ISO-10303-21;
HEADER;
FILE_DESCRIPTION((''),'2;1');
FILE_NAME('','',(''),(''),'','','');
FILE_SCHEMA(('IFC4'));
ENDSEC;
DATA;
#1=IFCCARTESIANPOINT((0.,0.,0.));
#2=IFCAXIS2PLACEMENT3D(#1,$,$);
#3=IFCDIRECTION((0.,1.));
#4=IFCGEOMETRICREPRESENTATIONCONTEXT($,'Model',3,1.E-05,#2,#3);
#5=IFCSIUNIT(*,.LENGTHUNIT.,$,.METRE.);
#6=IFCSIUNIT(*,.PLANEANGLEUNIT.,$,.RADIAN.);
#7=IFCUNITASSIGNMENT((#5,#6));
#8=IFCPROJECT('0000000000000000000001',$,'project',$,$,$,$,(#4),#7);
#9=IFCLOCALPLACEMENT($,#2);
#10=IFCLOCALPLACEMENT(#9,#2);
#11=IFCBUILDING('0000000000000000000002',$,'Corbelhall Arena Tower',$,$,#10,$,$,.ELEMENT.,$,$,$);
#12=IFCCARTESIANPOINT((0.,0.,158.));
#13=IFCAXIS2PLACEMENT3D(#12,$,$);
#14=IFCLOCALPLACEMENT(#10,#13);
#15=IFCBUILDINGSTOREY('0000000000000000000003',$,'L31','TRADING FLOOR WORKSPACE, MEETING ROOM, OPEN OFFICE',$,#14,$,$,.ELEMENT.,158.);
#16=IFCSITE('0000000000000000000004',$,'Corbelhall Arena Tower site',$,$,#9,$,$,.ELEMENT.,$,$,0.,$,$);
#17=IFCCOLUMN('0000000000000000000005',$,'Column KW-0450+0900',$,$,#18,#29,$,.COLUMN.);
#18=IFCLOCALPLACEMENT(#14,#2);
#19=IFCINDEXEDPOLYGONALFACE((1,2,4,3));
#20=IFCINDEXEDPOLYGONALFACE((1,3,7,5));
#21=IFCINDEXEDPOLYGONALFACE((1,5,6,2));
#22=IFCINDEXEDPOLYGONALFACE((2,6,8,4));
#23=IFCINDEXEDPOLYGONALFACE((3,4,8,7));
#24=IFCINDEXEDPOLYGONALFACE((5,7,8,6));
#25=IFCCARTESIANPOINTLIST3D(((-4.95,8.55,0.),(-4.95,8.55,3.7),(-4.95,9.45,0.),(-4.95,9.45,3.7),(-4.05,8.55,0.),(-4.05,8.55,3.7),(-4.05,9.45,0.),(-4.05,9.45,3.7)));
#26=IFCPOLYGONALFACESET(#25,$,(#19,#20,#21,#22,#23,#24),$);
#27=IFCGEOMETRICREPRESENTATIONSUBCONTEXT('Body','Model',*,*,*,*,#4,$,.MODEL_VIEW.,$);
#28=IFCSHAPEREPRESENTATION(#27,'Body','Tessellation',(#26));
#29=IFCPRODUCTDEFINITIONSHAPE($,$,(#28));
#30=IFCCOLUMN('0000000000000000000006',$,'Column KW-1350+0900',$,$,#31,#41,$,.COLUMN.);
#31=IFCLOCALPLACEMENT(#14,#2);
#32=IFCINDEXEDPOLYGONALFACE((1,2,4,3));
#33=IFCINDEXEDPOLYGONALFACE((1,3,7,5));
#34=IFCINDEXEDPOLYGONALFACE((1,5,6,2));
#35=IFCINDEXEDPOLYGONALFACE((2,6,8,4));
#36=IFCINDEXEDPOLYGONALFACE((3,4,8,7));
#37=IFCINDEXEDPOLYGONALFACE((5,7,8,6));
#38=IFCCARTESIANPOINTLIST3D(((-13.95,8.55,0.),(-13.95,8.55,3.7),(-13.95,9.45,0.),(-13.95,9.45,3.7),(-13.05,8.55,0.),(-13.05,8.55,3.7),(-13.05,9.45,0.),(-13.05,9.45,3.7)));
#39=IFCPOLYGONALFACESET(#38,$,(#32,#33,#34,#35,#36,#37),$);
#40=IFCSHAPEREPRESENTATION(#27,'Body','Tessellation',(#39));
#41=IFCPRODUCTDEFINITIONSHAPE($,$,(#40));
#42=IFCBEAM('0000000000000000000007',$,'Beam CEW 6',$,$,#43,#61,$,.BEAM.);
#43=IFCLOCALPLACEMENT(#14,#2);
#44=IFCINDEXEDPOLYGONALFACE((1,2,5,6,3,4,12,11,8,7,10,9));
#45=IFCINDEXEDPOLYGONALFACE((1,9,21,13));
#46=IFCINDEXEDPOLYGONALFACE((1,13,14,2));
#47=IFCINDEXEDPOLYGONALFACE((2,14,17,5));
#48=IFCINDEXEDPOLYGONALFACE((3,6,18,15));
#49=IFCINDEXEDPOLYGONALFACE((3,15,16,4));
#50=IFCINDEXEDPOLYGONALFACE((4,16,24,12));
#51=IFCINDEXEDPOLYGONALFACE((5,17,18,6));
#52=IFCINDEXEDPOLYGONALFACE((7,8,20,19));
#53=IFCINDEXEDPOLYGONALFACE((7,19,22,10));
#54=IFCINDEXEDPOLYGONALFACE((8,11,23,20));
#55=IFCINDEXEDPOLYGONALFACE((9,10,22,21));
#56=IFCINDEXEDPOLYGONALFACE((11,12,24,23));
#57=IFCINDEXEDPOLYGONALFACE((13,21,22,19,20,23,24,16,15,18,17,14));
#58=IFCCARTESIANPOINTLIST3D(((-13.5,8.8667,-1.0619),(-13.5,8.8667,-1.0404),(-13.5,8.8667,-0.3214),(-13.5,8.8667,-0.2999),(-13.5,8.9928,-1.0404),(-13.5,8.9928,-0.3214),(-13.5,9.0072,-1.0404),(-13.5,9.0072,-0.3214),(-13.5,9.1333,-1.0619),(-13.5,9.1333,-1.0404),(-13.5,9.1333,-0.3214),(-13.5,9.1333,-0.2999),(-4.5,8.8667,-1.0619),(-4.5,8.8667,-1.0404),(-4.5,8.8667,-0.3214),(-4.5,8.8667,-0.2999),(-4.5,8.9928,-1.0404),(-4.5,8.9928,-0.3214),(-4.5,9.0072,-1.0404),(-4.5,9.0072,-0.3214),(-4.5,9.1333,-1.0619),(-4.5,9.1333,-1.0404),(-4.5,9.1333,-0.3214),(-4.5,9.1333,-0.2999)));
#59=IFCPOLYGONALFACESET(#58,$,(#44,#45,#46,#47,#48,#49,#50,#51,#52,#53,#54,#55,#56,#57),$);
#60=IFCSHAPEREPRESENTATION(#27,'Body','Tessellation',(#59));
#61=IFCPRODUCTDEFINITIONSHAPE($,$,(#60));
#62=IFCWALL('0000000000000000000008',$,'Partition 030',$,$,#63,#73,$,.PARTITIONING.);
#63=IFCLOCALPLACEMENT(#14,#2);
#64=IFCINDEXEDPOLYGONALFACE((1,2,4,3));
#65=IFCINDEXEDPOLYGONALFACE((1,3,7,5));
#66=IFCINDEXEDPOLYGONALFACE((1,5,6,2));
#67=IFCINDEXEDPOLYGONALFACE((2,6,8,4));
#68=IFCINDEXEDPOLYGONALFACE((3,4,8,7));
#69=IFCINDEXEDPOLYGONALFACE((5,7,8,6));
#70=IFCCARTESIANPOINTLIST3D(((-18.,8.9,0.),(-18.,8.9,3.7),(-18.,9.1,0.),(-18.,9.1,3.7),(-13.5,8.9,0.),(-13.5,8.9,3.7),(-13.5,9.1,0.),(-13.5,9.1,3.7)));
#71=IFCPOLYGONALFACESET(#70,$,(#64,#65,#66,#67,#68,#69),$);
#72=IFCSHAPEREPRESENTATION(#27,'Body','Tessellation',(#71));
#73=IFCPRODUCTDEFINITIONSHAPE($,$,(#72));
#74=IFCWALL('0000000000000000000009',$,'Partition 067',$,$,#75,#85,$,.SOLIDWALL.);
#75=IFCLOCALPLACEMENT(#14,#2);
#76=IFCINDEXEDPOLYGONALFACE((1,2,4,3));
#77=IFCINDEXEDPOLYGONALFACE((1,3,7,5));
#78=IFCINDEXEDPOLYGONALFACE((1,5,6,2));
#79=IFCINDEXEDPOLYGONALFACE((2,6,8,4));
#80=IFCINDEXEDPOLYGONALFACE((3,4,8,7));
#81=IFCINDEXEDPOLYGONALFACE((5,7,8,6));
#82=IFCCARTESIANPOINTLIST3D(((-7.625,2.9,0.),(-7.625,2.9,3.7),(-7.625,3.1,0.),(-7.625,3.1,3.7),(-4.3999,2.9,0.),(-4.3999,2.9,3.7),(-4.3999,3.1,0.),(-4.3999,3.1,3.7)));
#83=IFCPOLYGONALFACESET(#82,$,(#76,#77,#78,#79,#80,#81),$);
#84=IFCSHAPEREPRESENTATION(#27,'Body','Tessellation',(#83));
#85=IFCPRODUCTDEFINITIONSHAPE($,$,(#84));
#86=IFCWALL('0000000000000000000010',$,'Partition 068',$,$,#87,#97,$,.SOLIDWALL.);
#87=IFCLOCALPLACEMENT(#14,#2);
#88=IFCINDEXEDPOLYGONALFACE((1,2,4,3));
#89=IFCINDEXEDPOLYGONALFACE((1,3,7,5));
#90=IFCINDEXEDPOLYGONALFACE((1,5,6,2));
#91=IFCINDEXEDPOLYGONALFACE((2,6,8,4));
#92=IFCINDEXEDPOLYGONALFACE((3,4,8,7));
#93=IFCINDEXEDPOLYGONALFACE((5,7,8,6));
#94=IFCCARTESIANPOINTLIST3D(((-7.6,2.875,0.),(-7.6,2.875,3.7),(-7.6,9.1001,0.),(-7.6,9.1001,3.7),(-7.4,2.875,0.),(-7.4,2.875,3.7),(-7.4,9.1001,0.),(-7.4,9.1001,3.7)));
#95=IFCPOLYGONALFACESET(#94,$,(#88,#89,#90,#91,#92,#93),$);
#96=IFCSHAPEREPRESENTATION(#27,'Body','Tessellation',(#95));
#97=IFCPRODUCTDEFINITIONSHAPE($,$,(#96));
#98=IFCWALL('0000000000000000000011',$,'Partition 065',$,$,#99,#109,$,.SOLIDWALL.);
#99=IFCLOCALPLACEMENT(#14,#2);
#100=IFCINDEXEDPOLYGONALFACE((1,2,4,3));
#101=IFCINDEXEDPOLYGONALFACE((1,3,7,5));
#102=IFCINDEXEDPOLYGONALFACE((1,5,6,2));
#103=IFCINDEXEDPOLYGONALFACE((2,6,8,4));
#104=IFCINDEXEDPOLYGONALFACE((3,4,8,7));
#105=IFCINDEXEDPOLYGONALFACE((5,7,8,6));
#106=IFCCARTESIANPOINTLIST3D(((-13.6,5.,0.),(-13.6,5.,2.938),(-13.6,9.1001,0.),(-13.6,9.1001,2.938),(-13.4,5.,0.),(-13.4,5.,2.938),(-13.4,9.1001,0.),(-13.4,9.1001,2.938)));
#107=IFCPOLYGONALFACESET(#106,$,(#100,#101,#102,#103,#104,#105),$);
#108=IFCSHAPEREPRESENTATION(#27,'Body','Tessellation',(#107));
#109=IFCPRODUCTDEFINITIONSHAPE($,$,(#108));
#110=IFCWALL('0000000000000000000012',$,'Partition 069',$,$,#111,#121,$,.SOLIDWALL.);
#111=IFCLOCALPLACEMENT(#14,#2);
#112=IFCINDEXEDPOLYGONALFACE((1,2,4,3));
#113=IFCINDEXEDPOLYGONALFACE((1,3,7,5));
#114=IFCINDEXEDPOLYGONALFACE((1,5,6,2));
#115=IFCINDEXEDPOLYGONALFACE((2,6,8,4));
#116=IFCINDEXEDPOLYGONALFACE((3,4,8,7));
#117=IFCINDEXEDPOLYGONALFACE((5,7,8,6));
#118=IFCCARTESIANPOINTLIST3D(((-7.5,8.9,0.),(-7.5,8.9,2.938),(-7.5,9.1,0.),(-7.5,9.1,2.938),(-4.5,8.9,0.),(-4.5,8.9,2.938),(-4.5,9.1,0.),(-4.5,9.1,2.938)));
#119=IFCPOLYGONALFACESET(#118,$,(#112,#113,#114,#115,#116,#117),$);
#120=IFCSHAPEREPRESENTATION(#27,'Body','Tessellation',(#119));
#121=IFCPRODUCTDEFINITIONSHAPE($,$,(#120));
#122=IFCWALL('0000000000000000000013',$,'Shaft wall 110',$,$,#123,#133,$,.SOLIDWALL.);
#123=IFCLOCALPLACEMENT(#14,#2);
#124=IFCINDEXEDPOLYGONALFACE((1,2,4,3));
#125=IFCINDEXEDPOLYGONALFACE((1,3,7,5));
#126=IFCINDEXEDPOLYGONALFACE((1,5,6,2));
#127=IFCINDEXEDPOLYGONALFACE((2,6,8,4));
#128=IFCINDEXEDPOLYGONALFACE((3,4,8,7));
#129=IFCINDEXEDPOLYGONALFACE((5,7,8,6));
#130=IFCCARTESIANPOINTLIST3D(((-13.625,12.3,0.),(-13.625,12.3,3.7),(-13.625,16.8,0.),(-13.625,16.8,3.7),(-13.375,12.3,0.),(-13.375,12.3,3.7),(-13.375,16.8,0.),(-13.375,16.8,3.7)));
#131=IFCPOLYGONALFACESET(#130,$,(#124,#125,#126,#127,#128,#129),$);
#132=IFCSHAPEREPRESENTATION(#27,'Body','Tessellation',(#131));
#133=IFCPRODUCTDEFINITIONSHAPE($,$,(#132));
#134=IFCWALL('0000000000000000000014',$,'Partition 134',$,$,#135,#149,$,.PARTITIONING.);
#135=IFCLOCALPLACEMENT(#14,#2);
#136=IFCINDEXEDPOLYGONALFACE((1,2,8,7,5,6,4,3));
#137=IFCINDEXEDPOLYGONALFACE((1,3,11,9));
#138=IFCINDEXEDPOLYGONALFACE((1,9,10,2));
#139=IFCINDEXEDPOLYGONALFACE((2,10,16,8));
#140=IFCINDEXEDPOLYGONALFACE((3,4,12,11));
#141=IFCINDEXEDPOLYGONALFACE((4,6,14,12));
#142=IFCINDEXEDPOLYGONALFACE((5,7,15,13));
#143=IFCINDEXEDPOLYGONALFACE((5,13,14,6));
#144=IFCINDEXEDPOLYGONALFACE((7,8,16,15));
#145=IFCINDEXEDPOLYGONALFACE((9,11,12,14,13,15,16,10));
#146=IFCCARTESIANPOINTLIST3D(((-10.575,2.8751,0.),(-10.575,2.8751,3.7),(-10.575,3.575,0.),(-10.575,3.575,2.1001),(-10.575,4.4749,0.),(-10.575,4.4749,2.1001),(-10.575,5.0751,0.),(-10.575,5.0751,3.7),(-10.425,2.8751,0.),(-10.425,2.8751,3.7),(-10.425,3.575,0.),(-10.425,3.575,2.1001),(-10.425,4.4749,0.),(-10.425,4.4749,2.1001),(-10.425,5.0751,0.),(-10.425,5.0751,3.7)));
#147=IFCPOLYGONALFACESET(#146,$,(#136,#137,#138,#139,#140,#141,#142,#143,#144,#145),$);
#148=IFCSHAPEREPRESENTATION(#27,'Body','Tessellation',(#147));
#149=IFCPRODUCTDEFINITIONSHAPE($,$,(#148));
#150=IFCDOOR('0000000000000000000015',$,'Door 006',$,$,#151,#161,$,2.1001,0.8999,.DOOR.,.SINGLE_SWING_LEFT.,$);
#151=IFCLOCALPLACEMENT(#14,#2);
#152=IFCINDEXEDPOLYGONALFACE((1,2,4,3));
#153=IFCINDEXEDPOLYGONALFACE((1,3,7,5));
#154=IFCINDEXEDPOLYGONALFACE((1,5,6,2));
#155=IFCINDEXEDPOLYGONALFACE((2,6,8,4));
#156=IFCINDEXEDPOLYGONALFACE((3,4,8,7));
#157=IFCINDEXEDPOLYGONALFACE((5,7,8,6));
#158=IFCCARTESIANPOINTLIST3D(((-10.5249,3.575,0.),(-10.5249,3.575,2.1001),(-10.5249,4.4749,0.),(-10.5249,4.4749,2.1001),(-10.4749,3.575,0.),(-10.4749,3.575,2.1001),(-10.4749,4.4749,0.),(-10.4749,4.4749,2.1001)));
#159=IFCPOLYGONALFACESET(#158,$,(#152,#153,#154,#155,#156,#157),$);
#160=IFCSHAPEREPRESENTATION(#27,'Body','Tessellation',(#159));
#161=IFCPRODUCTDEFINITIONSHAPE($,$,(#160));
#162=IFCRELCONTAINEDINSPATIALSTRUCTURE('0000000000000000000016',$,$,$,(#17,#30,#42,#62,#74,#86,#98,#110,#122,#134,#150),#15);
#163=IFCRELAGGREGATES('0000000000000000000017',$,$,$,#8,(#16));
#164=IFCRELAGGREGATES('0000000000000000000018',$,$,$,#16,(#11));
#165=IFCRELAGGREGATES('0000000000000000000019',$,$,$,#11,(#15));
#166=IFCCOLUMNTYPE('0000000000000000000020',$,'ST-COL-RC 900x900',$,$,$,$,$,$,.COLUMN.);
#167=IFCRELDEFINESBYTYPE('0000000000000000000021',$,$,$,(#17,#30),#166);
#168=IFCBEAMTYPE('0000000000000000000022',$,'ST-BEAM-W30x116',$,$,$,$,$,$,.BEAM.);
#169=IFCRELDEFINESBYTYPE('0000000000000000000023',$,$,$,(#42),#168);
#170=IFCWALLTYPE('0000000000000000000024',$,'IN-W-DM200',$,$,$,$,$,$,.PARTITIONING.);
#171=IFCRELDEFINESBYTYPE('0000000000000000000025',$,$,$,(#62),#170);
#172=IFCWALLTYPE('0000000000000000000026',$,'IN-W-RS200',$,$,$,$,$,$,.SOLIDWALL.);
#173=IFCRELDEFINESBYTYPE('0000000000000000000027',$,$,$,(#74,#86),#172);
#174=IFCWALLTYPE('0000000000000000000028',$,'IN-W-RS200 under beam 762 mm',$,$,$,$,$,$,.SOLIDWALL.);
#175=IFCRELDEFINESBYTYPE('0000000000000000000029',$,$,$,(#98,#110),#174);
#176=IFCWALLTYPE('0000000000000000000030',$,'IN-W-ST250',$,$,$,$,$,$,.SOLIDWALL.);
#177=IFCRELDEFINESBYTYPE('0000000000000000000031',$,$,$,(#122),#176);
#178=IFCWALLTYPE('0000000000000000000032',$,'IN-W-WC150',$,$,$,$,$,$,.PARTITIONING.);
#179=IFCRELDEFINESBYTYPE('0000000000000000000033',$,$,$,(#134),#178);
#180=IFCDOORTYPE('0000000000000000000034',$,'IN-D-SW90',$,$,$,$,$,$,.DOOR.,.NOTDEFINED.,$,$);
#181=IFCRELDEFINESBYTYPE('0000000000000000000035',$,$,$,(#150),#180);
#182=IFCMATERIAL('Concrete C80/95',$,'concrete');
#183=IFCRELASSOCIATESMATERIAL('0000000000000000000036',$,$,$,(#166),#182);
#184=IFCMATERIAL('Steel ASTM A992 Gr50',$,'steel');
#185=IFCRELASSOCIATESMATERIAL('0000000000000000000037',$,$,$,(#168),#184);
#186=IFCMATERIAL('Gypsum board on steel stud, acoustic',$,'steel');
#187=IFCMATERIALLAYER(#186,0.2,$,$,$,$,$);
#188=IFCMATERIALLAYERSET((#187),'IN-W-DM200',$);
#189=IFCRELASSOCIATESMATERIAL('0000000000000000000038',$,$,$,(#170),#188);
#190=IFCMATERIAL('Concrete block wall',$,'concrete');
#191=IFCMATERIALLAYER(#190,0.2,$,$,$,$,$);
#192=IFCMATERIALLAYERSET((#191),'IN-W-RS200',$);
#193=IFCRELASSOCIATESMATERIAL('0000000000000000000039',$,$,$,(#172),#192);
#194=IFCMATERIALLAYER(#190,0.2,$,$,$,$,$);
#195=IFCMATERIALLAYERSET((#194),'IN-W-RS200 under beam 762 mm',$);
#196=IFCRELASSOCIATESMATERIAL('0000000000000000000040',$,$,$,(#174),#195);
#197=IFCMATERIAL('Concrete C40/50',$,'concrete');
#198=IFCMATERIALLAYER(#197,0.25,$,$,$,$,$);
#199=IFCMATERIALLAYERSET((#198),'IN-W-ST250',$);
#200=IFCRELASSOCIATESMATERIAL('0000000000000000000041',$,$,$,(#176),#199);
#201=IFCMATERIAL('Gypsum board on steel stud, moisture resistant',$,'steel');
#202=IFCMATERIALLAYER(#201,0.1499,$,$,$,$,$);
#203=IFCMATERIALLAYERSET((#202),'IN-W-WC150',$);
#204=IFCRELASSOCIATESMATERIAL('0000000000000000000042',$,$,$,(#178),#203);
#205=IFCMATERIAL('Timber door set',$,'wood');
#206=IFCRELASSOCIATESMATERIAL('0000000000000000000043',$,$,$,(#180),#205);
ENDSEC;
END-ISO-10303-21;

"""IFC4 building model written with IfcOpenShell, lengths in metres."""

from ifc_helpers import new_model, si_unit, direction, frame, frame_2d, origin, origin_2d, place, context, subcontext, project, spatial, rectangle, i_section, extrude, material, layer, layer_set, material_profile, profile_set, type_object, element, fill, save


model = new_model("IFC4")

# Units and contexts
model_context = context("Model", 3, precision=1e-05, world=origin(), true_north=direction((0.0, 1.0)))
body_context = subcontext(model_context, "Body", "Model", "MODEL_VIEW")
ifc_project = project(units=[si_unit("LENGTHUNIT", "METRE"), si_unit("PLANEANGLEUNIT", "RADIAN")], contexts=[model_context])

# Site, building, storey
site_placement = place(None, origin())
site = spatial("IfcSite", under=ifc_project, at=site_placement, Name="Corbelhall Arena Tower site", CompositionType="ELEMENT", RefElevation=0.0)
building_placement = place(site_placement, origin())
building = spatial("IfcBuilding", under=site, at=building_placement, Name="Corbelhall Arena Tower", CompositionType="ELEMENT")
storey_placement = place(building_placement, frame((0.0, 0.0, 158.0)))
storey = spatial("IfcBuildingStorey", under=building, at=storey_placement, Name="L31", Description="TRADING FLOOR WORKSPACE, MEETING ROOM, OPEN OFFICE", CompositionType="ELEMENT", Elevation=158.0)

# Columns
ifc_material_1 = material(Name="Concrete C80/95", Category="concrete")
ifc_material_profile_1 = material_profile(ifc_material_1, rectangle(XDim=0.8999, YDim=0.8999, at=origin_2d()))
ifc_profile_set_1 = profile_set([ifc_material_profile_1], Name="Concrete C80/95")
column_type = type_object("IfcColumnType", Name="ST-COL-RC 900x900", PredefinedType="COLUMN", material=ifc_profile_set_1)
for number, where, z_axis, x_axis, name in (
    (1, (-4.5, 9.0, 0.0), (0.0, 0.0, 1.0), (1.0, 0.0, 0.0), "Column KW-0450+0900"),
    (2, (-13.5, 9.0, 0.0), (0.0, 0.0, 1.0), (1.0, 0.0, 0.0), "Column KW-1350+0900"),
):
    element("IfcColumn", number, at=place(storey_placement, frame(where, z_axis=z_axis, x_axis=x_axis)), inside=storey, type_object=column_type, Name=name, PredefinedType="COLUMN", context=body_context, shape_type="SweptSolid", body=[
        extrude(rectangle(XDim=0.8999, YDim=0.8999, at=origin_2d()), origin(), (0.0, 0.0, 1.0), 3.7),
    ])

# Beam
ifc_material_2 = material(Name="Steel ASTM A992 Gr50", Category="steel")
ifc_material_profile_2 = material_profile(ifc_material_2, i_section(OverallWidth=0.2666, OverallDepth=0.762, WebThickness=0.0144, FlangeThickness=0.0215, at=origin_2d()))
ifc_profile_set_2 = profile_set([ifc_material_profile_2], Name="Steel ASTM A992 Gr50")
beam_type = type_object("IfcBeamType", Name="ST-BEAM-W30x116", PredefinedType="BEAM", material=ifc_profile_set_2)
beam_placement = place(storey_placement, frame((-13.5, 9.0, -0.6809), z_axis=(1.0, 0.0, 0.0), x_axis=(0.0, 1.0, 0.0)))
element("IfcBeam", 3, at=beam_placement, inside=storey, type_object=beam_type, Name="Beam CEW 6", PredefinedType="BEAM", context=body_context, shape_type="SweptSolid", body=[
    extrude(i_section(OverallWidth=0.2666, OverallDepth=0.762, WebThickness=0.0144, FlangeThickness=0.0215, at=origin_2d()), origin(), (0.0, 0.0, 1.0), 9.0),
])

# Wall
ifc_material_3 = material(Name="Gypsum board on steel stud, acoustic", Category="steel")
ifc_layer_1 = layer(ifc_material_3, 0.2)
ifc_layer_set_1 = layer_set([ifc_layer_1], Name="IN-W-DM200")
wall_type_1 = type_object("IfcWallType", Name="IN-W-DM200", PredefinedType="PARTITIONING", material=ifc_layer_set_1)
wall_1_placement = place(storey_placement, frame((-13.5, 9.0, 0.0), z_axis=(0.0, 0.0, 1.0), x_axis=(-1.0, 0.0, 0.0)))
element("IfcWall", 4, at=wall_1_placement, inside=storey, type_object=wall_type_1, Name="Partition 030", PredefinedType="PARTITIONING", context=body_context, shape_type="SweptSolid", body=[
    extrude(rectangle(XDim=4.5, YDim=0.2, at=frame_2d((2.25, 0.0))), origin(), (0.0, 0.0, 1.0), 3.7),
])

# Shared definitions
ifc_material_4 = material(Name="Concrete block wall", Category="concrete")
ifc_layer_2 = layer(ifc_material_4, 0.2)
ifc_layer_set_2 = layer_set([ifc_layer_2], Name="IN-W-RS200")
wall_type_2 = type_object("IfcWallType", Name="IN-W-RS200", PredefinedType="SOLIDWALL", material=ifc_layer_set_2)

# Walls
wall_2_placement = place(storey_placement, frame((-7.625, 3.0, 0.0), z_axis=(0.0, 0.0, 1.0), x_axis=(1.0, 0.0, 0.0)))
element("IfcWall", 5, at=wall_2_placement, inside=storey, type_object=wall_type_2, Name="Partition 067", PredefinedType="SOLIDWALL", context=body_context, shape_type="SweptSolid", body=[
    extrude(rectangle(XDim=3.2251, YDim=0.2, at=frame_2d((1.6125, 0.0))), origin(), (0.0, 0.0, 1.0), 3.7),
])
wall_3_placement = place(storey_placement, frame((-7.5, 2.875, 0.0), z_axis=(0.0, 0.0, 1.0), x_axis=(0.0, 1.0, 0.0)))
element("IfcWall", 6, at=wall_3_placement, inside=storey, type_object=wall_type_2, Name="Partition 068", PredefinedType="SOLIDWALL", context=body_context, shape_type="SweptSolid", body=[
    extrude(rectangle(XDim=6.2251, YDim=0.2, at=frame_2d((3.1125, 0.0))), origin(), (0.0, 0.0, 1.0), 3.7),
])
ifc_layer_3 = layer(ifc_material_4, 0.2)
ifc_layer_set_3 = layer_set([ifc_layer_3], Name="IN-W-RS200 under beam 762 mm")
wall_type_3 = type_object("IfcWallType", Name="IN-W-RS200 under beam 762 mm", PredefinedType="SOLIDWALL", material=ifc_layer_set_3)
wall_4_placement = place(storey_placement, frame((-13.5, 5.0, 0.0), z_axis=(0.0, 0.0, 1.0), x_axis=(0.0, 1.0, 0.0)))
element("IfcWall", 7, at=wall_4_placement, inside=storey, type_object=wall_type_3, Name="Partition 065", PredefinedType="SOLIDWALL", context=body_context, shape_type="SweptSolid", body=[
    extrude(rectangle(XDim=4.1001, YDim=0.2, at=frame_2d((2.05, 0.0))), origin(), (0.0, 0.0, 1.0), 2.938),
])
wall_5_placement = place(storey_placement, frame((-7.5, 9.0, 0.0), z_axis=(0.0, 0.0, 1.0), x_axis=(1.0, 0.0, 0.0)))
element("IfcWall", 8, at=wall_5_placement, inside=storey, type_object=wall_type_3, Name="Partition 069", PredefinedType="SOLIDWALL", context=body_context, shape_type="SweptSolid", body=[
    extrude(rectangle(XDim=3.0, YDim=0.2, at=frame_2d((1.5, 0.0))), origin(), (0.0, 0.0, 1.0), 2.938),
])

# Wall
ifc_material_5 = material(Name="Concrete C40/50", Category="concrete")
ifc_layer_4 = layer(ifc_material_5, 0.25)
ifc_layer_set_4 = layer_set([ifc_layer_4], Name="IN-W-ST250")
wall_type_4 = type_object("IfcWallType", Name="IN-W-ST250", PredefinedType="SOLIDWALL", material=ifc_layer_set_4)
wall_6_placement = place(storey_placement, frame((-13.5, 12.3, 0.0), z_axis=(0.0, 0.0, 1.0), x_axis=(0.0, 1.0, 0.0)))
element("IfcWall", 9, at=wall_6_placement, inside=storey, type_object=wall_type_4, Name="Shaft wall 110", PredefinedType="SOLIDWALL", context=body_context, shape_type="SweptSolid", body=[
    extrude(rectangle(XDim=4.5, YDim=0.25, at=frame_2d((2.25, 0.0))), origin(), (0.0, 0.0, 1.0), 3.7),
])

# Wall, opening, door
ifc_material_6 = material(Name="Gypsum board on steel stud, moisture resistant", Category="steel")
ifc_layer_5 = layer(ifc_material_6, 0.1499)
ifc_layer_set_5 = layer_set([ifc_layer_5], Name="IN-W-WC150")
wall_type_5 = type_object("IfcWallType", Name="IN-W-WC150", PredefinedType="PARTITIONING", material=ifc_layer_set_5)
wall_7_placement = place(storey_placement, frame((-10.5, 2.875, 0.0), z_axis=(0.0, 0.0, 1.0), x_axis=(0.0, 1.0, 0.0)))
wall_7 = element("IfcWall", 10, at=wall_7_placement, inside=storey, type_object=wall_type_5, Name="Partition 134", PredefinedType="PARTITIONING", context=body_context, shape_type="SweptSolid", body=[
    extrude(rectangle(XDim=2.2, YDim=0.1499, at=frame_2d((1.1001, 0.0))), origin(), (0.0, 0.0, 1.0), 3.7),
])
opening_1_placement = place(wall_7_placement, frame((0.7, 0.0, 0.0)))
opening_1 = element("IfcOpeningElement", 11, at=opening_1_placement, cuts=wall_7, PredefinedType="OPENING", context=body_context, shape_type="SweptSolid", body=[
    extrude(rectangle(XDim=0.8999, YDim=2.1001, at=frame_2d((0.45, 1.05))), frame((0.0, 0.075, 0.0), z_axis=(0.0, -1.0, 0.0), x_axis=(1.0, 0.0, 0.0)), (0.0, 0.0, 1.0), 0.1499),
])
ifc_material_7 = material(Name="Timber door set", Category="wood")
door_type_1 = type_object("IfcDoorType", Name="IN-D-SW90", OperationType="NOTDEFINED", PredefinedType="DOOR", material=ifc_material_7)
door_1_placement = place(opening_1_placement, origin())
door_1 = element("IfcDoor", 12, at=door_1_placement, inside=storey, type_object=door_type_1, Name="Door 006", OperationType="SINGLE_SWING_LEFT", OverallHeight=2.1001, OverallWidth=0.8999, PredefinedType="DOOR", context=body_context, shape_type="SweptSolid", body=[
    extrude(rectangle(XDim=0.8999, YDim=2.1001, at=frame_2d((0.45, 1.05))), frame((0.0, 0.0249, 0.0), z_axis=(0.0, -1.0, 0.0), x_axis=(1.0, 0.0, 0.0)), (0.0, 0.0, 1.0), 0.05),
])
fill(opening_1, door_1)

save(model, "model.ifc")
